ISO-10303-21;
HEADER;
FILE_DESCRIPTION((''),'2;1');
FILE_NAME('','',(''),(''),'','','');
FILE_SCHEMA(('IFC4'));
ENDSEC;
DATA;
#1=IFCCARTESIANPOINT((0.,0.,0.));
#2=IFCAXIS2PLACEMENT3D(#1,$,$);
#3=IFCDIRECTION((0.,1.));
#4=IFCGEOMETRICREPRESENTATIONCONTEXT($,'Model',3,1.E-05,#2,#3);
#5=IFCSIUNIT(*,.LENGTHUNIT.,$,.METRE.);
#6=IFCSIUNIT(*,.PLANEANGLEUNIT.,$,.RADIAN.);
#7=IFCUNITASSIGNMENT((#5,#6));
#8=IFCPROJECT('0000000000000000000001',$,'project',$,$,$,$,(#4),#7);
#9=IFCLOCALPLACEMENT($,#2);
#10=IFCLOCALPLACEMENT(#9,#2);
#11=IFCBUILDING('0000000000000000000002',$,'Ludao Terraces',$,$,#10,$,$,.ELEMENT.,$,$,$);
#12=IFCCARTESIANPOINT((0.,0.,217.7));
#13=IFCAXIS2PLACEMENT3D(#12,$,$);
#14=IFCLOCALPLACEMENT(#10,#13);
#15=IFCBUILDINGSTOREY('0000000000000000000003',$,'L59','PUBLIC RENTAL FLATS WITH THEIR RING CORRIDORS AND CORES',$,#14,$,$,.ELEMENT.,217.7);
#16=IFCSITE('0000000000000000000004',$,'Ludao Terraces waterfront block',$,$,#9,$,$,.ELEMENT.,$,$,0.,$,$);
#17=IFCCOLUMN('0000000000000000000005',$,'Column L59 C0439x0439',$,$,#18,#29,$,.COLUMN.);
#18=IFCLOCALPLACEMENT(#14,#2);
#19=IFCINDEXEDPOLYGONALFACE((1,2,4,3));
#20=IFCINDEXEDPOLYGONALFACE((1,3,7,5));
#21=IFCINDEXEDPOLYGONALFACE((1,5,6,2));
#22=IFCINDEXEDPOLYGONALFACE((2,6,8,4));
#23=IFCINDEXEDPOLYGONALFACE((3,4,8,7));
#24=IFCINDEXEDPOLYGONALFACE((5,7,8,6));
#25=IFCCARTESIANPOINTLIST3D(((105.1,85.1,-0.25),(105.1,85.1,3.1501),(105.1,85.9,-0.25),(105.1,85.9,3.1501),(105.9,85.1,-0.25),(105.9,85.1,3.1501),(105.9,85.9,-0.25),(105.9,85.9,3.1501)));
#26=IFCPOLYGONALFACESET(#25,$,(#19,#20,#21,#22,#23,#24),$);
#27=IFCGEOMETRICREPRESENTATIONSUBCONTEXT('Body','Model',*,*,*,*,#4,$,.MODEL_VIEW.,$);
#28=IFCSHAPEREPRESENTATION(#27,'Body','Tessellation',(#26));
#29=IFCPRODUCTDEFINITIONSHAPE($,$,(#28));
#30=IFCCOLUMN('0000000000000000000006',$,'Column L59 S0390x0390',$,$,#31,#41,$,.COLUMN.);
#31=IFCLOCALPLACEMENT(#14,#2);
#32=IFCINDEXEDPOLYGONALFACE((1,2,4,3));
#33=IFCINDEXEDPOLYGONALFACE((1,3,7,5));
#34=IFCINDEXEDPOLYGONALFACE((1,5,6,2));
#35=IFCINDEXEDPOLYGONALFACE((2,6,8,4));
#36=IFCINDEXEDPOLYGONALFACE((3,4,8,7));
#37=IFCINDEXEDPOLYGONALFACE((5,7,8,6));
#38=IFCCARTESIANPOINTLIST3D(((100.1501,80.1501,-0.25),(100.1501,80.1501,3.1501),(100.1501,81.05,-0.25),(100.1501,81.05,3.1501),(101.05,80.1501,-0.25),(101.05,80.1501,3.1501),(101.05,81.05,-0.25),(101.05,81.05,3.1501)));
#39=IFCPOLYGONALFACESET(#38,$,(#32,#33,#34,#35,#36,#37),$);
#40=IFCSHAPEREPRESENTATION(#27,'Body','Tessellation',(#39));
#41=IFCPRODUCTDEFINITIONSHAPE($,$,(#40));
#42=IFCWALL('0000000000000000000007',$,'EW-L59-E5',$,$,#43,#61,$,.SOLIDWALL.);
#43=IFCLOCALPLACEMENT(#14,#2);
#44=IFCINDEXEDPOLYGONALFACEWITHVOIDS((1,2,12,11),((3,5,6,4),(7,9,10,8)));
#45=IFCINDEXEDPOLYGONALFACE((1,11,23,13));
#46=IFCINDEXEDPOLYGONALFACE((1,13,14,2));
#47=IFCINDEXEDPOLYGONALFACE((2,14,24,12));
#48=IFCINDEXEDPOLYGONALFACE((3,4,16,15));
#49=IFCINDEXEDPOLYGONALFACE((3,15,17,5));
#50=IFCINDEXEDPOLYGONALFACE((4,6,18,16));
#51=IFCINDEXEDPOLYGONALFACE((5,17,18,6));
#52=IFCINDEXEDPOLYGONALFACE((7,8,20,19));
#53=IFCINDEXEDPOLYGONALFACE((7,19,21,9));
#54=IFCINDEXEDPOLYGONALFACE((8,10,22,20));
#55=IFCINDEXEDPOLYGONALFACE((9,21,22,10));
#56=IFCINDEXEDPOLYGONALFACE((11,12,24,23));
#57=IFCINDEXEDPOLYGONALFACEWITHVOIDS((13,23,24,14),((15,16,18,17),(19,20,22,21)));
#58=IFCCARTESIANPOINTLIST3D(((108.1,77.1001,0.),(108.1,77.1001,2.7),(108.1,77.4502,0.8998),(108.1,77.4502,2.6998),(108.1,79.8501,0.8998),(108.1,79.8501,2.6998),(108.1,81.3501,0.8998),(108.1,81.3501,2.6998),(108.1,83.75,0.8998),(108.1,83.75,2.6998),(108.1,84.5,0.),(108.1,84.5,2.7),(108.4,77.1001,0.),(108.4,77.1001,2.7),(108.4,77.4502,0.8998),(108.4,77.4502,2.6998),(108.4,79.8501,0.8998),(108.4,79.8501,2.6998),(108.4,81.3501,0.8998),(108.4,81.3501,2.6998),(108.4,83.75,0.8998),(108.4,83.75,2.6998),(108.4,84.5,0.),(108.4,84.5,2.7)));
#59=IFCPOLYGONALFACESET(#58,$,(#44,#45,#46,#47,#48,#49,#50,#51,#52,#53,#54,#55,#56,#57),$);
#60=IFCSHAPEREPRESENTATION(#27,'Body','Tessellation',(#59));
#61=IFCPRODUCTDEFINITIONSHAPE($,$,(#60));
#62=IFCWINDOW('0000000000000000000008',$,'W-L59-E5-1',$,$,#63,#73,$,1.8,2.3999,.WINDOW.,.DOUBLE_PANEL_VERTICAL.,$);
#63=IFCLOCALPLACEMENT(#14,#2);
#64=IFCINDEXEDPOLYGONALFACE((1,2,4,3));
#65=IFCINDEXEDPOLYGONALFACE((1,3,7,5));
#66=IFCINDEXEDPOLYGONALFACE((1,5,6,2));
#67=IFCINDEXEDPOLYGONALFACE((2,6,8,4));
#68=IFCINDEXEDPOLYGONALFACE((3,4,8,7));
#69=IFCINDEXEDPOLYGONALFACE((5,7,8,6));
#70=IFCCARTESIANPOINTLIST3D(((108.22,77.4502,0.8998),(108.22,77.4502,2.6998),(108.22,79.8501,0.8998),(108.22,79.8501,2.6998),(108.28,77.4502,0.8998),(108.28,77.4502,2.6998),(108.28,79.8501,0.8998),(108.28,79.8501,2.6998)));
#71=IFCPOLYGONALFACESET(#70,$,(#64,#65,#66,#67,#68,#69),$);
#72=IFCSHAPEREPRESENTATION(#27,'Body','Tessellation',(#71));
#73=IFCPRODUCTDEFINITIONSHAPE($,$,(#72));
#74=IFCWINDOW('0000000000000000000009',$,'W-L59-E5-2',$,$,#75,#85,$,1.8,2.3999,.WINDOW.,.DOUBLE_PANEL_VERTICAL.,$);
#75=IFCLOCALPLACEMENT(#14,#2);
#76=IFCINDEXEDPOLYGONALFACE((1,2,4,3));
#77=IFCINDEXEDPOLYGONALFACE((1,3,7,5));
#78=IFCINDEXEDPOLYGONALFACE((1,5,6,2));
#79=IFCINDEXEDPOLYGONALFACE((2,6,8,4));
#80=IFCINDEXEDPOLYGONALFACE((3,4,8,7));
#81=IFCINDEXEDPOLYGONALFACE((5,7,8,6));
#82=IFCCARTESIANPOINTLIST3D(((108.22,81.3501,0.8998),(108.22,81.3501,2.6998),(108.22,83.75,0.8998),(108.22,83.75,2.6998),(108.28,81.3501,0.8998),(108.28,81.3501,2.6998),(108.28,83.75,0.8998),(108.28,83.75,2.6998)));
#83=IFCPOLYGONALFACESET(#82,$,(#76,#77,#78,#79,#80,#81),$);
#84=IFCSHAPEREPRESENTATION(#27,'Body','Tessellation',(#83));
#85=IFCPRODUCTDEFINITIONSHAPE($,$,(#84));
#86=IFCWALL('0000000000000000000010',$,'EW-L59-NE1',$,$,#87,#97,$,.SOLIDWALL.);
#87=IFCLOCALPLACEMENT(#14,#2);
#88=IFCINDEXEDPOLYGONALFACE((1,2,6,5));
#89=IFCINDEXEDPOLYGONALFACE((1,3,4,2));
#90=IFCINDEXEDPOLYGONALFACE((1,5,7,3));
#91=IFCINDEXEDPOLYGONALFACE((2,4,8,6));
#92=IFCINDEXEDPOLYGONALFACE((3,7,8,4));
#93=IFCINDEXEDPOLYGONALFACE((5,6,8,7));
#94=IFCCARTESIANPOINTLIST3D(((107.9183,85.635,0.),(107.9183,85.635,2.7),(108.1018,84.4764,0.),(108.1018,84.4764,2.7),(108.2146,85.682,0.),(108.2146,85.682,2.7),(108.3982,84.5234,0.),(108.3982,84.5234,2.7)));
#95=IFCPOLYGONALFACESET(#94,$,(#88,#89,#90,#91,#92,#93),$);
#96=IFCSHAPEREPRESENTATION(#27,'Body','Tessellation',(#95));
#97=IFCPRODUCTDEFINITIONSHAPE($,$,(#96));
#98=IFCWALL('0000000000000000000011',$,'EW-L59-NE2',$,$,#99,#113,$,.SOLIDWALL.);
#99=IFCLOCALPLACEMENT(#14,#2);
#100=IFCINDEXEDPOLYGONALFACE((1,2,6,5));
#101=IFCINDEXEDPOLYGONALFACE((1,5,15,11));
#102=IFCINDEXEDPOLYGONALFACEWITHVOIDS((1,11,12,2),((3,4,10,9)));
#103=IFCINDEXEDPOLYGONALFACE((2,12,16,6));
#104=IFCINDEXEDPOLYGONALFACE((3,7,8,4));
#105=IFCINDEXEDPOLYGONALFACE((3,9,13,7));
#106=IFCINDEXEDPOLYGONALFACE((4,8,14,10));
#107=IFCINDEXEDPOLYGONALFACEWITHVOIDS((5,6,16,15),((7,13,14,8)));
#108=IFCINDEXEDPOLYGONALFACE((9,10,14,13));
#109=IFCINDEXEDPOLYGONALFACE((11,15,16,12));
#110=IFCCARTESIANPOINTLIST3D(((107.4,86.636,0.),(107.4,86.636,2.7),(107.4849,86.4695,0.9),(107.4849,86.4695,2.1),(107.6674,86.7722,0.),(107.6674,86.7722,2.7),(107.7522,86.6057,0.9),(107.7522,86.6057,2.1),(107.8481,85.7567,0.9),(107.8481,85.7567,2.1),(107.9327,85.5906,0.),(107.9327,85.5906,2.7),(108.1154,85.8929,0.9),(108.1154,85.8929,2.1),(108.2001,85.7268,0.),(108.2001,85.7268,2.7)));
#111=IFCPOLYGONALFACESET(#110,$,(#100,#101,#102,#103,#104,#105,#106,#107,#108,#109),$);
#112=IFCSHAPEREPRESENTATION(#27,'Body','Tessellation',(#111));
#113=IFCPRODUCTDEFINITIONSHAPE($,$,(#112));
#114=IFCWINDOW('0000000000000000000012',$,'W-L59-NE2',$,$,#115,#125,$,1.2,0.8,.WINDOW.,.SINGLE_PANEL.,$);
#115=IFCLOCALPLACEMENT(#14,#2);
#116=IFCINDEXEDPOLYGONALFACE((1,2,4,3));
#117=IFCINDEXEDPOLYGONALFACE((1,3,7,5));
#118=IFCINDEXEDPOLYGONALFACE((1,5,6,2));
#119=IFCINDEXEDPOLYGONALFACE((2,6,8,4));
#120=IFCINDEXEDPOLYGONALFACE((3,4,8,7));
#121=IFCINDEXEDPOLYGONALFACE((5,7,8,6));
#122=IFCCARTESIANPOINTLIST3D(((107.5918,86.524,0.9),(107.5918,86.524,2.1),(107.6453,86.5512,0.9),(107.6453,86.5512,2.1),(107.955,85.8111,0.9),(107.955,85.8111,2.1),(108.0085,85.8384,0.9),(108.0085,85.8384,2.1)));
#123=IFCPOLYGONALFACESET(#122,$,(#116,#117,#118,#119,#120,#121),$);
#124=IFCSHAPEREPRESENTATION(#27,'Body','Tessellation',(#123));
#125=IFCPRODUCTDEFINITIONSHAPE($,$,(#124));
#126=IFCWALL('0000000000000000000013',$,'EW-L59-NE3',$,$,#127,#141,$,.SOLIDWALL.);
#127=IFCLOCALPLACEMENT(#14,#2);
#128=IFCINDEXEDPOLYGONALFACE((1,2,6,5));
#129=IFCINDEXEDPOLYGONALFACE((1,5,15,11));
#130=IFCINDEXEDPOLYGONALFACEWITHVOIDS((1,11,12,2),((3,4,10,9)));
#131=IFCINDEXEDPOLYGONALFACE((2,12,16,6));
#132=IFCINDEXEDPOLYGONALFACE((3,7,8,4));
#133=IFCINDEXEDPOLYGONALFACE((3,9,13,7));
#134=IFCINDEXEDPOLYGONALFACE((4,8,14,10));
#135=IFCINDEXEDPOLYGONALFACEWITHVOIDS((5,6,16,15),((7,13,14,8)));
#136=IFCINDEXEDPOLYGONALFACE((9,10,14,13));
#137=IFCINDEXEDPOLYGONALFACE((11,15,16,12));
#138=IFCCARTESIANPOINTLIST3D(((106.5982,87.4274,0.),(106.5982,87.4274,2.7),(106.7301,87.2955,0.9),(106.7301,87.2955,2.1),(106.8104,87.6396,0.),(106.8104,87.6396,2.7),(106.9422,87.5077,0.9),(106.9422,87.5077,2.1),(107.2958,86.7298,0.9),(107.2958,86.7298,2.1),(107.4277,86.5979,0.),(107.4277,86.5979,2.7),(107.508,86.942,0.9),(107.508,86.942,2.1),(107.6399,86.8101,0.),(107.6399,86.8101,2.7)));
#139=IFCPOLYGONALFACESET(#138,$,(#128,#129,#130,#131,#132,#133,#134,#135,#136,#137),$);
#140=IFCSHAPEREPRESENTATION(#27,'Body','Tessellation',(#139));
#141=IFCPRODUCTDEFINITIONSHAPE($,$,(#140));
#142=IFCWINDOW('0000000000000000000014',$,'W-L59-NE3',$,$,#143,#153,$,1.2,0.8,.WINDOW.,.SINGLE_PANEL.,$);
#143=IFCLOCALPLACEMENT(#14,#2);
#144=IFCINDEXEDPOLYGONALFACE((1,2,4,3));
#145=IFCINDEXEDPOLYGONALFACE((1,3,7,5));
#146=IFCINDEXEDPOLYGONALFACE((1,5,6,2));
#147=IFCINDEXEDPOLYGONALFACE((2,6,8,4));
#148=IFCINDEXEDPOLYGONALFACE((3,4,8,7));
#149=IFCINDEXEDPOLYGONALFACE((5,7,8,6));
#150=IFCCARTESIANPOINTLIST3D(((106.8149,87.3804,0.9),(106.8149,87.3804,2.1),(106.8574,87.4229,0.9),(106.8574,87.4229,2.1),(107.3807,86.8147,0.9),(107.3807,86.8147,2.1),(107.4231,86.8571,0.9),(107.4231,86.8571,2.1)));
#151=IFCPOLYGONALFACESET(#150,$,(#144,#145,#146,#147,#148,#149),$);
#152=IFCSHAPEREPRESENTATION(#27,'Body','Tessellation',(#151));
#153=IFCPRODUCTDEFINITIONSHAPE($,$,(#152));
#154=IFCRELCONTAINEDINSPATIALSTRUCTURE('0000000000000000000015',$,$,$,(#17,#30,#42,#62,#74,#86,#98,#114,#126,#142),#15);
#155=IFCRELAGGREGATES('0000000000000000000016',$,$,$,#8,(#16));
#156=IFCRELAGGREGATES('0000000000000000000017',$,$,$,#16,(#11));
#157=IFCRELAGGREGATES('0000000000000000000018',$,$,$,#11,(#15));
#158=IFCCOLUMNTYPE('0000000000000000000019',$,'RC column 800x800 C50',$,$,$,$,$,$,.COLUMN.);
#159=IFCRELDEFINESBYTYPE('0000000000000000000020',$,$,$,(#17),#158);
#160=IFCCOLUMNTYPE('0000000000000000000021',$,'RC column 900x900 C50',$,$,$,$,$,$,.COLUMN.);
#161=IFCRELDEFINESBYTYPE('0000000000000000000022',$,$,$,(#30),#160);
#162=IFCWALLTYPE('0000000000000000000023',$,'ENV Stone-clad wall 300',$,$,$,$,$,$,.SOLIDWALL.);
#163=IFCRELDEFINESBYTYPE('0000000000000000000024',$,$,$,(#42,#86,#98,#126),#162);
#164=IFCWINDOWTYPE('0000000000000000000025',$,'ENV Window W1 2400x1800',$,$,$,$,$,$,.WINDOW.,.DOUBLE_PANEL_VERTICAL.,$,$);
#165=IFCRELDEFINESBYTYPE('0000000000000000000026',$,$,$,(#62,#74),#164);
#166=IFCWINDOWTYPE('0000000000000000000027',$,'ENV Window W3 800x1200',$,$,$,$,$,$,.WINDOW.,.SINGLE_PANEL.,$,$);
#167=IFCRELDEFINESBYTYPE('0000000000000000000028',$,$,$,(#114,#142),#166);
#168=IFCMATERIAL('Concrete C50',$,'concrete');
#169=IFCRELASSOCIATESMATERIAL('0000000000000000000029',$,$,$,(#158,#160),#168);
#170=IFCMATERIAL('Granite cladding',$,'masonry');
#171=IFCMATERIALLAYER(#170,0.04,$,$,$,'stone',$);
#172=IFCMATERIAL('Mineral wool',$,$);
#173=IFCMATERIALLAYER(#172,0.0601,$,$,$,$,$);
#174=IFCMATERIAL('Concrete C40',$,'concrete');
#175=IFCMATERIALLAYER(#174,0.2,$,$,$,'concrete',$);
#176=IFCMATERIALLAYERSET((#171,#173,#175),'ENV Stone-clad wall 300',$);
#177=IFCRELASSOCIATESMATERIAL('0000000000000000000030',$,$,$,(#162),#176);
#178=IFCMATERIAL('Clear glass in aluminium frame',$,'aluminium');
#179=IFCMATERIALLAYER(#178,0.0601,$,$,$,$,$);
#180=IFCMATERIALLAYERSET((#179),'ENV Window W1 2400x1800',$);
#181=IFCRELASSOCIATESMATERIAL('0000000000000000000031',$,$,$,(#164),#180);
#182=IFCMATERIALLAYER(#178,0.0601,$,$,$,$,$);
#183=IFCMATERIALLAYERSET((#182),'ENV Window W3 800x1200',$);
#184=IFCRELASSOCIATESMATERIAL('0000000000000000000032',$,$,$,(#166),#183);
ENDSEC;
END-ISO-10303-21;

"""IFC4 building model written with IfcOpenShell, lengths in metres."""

from ifc_helpers import new_model, si_unit, direction, frame, frame_2d, origin, origin_2d, place, context, subcontext, project, spatial, rectangle, extrude, material, layer, layer_set, material_profile, profile_set, type_object, element, fill, save


model = new_model("IFC4")

# Units and contexts
model_context = context("Model", 3, precision=1e-05, world=origin(), true_north=direction((0.0, 1.0)))
body_context = subcontext(model_context, "Body", "Model", "MODEL_VIEW")
ifc_project = project(units=[si_unit("LENGTHUNIT", "METRE"), si_unit("PLANEANGLEUNIT", "RADIAN")], contexts=[model_context])

# Site, building, storey
site_placement = place(None, origin())
site = spatial("IfcSite", under=ifc_project, at=site_placement, Name="Ludao Terraces waterfront block", CompositionType="ELEMENT", RefElevation=0.0)
building_placement = place(site_placement, origin())
building = spatial("IfcBuilding", under=site, at=building_placement, Name="Ludao Terraces", CompositionType="ELEMENT")
storey_placement = place(building_placement, frame((0.0, 0.0, 217.7)))
storey = spatial("IfcBuildingStorey", under=building, at=storey_placement, Name="L59", Description="PUBLIC RENTAL FLATS WITH THEIR RING CORRIDORS AND CORES", CompositionType="ELEMENT", Elevation=217.7)

# Columns
ifc_material_1 = material(Name="Concrete C50", Category="concrete")
ifc_material_profile_1 = material_profile(ifc_material_1, rectangle(XDim=0.8, YDim=0.8, at=origin_2d()), Name="800 X 800")
ifc_profile_set_1 = profile_set([ifc_material_profile_1], Name="Concrete C50")
column_type_1 = type_object("IfcColumnType", Name="RC column 800x800 C50", PredefinedType="COLUMN", material=ifc_profile_set_1)
column_1_placement = place(storey_placement, frame((105.5, 85.5, -0.25), z_axis=(0.0, 0.0, 1.0), x_axis=(1.0, 0.0, 0.0)))
element("IfcColumn", 1, at=column_1_placement, inside=storey, type_object=column_type_1, Name="Column L59 C0439x0439", PredefinedType="COLUMN", context=body_context, shape_type="SweptSolid", body=[
    extrude(rectangle(XDim=0.8, YDim=0.8, at=origin_2d()), origin(), (0.0, 0.0, 1.0), 3.4001),
])
ifc_material_profile_2 = material_profile(ifc_material_1, rectangle(XDim=0.8999, YDim=0.8999, at=origin_2d()), Name="900 X 900")
ifc_profile_set_2 = profile_set([ifc_material_profile_2], Name="Concrete C50")
column_type_2 = type_object("IfcColumnType", Name="RC column 900x900 C50", PredefinedType="COLUMN", material=ifc_profile_set_2)
column_2_placement = place(storey_placement, frame((100.6001, 80.6001, -0.25), z_axis=(0.0, 0.0, 1.0), x_axis=(1.0, 0.0, 0.0)))
element("IfcColumn", 2, at=column_2_placement, inside=storey, type_object=column_type_2, Name="Column L59 S0390x0390", PredefinedType="COLUMN", context=body_context, shape_type="SweptSolid", body=[
    extrude(rectangle(XDim=0.8999, YDim=0.8999, at=origin_2d()), origin(), (0.0, 0.0, 1.0), 3.4001),
])

# Wall, openings, windows
ifc_material_2 = material(Name="Granite cladding", Category="masonry")
ifc_layer_1 = layer(ifc_material_2, 0.04, Category="stone")
ifc_material_3 = material(Name="Mineral wool")
ifc_layer_2 = layer(ifc_material_3, 0.0601)
ifc_material_4 = material(Name="Concrete C40", Category="concrete")
ifc_layer_3 = layer(ifc_material_4, 0.2, Category="concrete")
ifc_layer_set_1 = layer_set([ifc_layer_1, ifc_layer_2, ifc_layer_3], Name="ENV Stone-clad wall 300")
wall_type_1 = type_object("IfcWallType", Name="ENV Stone-clad wall 300", PredefinedType="SOLIDWALL", material=ifc_layer_set_1)
wall_1_placement = place(storey_placement, frame((108.25, 77.1001, 0.0), z_axis=(0.0, 0.0, 1.0), x_axis=(0.0, 1.0, 0.0)))
wall_1 = element("IfcWall", 3, at=wall_1_placement, inside=storey, type_object=wall_type_1, Name="EW-L59-E5", PredefinedType="SOLIDWALL", context=body_context, shape_type="SweptSolid", body=[
    extrude(rectangle(XDim=7.3999, YDim=0.3, at=frame_2d((3.7, 0.0))), origin(), (0.0, 0.0, 1.0), 2.7),
])
opening_1_placement = place(wall_1_placement, frame((0.3501, 0.0, 0.8999)))
opening_1 = element("IfcOpeningElement", 4, at=opening_1_placement, cuts=wall_1, PredefinedType="OPENING", context=body_context, shape_type="SweptSolid", body=[
    extrude(rectangle(XDim=2.3999, YDim=1.8, at=frame_2d((1.2, 0.8999))), frame((0.0, 0.1602, 0.0), z_axis=(0.0, -1.0, 0.0), x_axis=(1.0, 0.0, 0.0)), (0.0, 0.0, 1.0), 0.3201),
])
opening_2_placement = place(wall_1_placement, frame((4.25, 0.0, 0.8999)))
opening_2 = element("IfcOpeningElement", 5, at=opening_2_placement, cuts=wall_1, PredefinedType="OPENING", context=body_context, shape_type="SweptSolid", body=[
    extrude(rectangle(XDim=2.3999, YDim=1.8, at=frame_2d((1.2, 0.8999))), frame((0.0, 0.1602, 0.0), z_axis=(0.0, -1.0, 0.0), x_axis=(1.0, 0.0, 0.0)), (0.0, 0.0, 1.0), 0.3201),
])
ifc_material_5 = material(Name="Clear glass in aluminium frame", Category="aluminium")
ifc_layer_4 = layer(ifc_material_5, 0.0601)
ifc_layer_set_2 = layer_set([ifc_layer_4], Name="ENV Window W1 2400x1800")
window_type_1 = type_object("IfcWindowType", Name="ENV Window W1 2400x1800", PartitioningType="DOUBLE_PANEL_VERTICAL", PredefinedType="WINDOW", material=ifc_layer_set_2)
window_1_placement = place(opening_1_placement, origin())
window_1 = element("IfcWindow", 6, at=window_1_placement, inside=storey, type_object=window_type_1, Name="W-L59-E5-1", OverallHeight=1.8, OverallWidth=2.3999, PartitioningType="DOUBLE_PANEL_VERTICAL", PredefinedType="WINDOW", context=body_context, shape_type="SweptSolid", body=[
    extrude(rectangle(XDim=2.3999, YDim=1.8, at=frame_2d((1.2, 0.8999))), frame((0.0, 0.03, 0.0), z_axis=(0.0, -1.0, 0.0), x_axis=(1.0, 0.0, 0.0)), (0.0, 0.0, 1.0), 0.0601),
])
fill(opening_1, window_1)
window_2_placement = place(opening_2_placement, origin())
window_2 = element("IfcWindow", 7, at=window_2_placement, inside=storey, type_object=window_type_1, Name="W-L59-E5-2", OverallHeight=1.8, OverallWidth=2.3999, PartitioningType="DOUBLE_PANEL_VERTICAL", PredefinedType="WINDOW", context=body_context, shape_type="SweptSolid", body=[
    extrude(rectangle(XDim=2.3999, YDim=1.8, at=frame_2d((1.2, 0.8999))), frame((0.0, 0.03, 0.0), z_axis=(0.0, -1.0, 0.0), x_axis=(1.0, 0.0, 0.0)), (0.0, 0.0, 1.0), 0.0601),
])
fill(opening_2, window_2)

# Wall
wall_2_placement = place(storey_placement, frame((108.25, 84.5, 0.0), z_axis=(0.0, 0.0, 1.0), x_axis=(-0.156497, 0.987678, 0.0)))
element("IfcWall", 8, at=wall_2_placement, inside=storey, type_object=wall_type_1, Name="EW-L59-NE1", PredefinedType="SOLIDWALL", context=body_context, shape_type="SweptSolid", body=[
    extrude(rectangle(XDim=1.1731, YDim=0.3, at=frame_2d((0.5864, 0.0))), origin(), (0.0, 0.0, 1.0), 2.7),
])

# Walls, openings, windows
wall_3_placement = place(storey_placement, frame((108.0664, 85.6587, 0.0), z_axis=(0.0, 0.0, 1.0), x_axis=(-0.454026, 0.890989, 0.0)))
wall_3 = element("IfcWall", 9, at=wall_3_placement, inside=storey, type_object=wall_type_1, Name="EW-L59-NE2", PredefinedType="SOLIDWALL", context=body_context, shape_type="SweptSolid", body=[
    extrude(rectangle(XDim=1.1733, YDim=0.3, at=frame_2d((0.5867, 0.0))), origin(), (0.0, 0.0, 1.0), 2.7),
])
opening_3_placement = place(wall_3_placement, frame((0.1865, 0.0, 0.8999)))
opening_3 = element("IfcOpeningElement", 10, at=opening_3_placement, cuts=wall_3, PredefinedType="OPENING", context=body_context, shape_type="SweptSolid", body=[
    extrude(rectangle(XDim=0.8, YDim=1.2, at=frame_2d((0.3999, 0.6001))), frame((0.0, 0.1602, 0.0), z_axis=(0.0, -1.0, 0.0), x_axis=(1.0, 0.0, 0.0)), (0.0, 0.0, 1.0), 0.3201),
])
ifc_layer_5 = layer(ifc_material_5, 0.0601)
ifc_layer_set_3 = layer_set([ifc_layer_5], Name="ENV Window W3 800x1200")
window_type_2 = type_object("IfcWindowType", Name="ENV Window W3 800x1200", PartitioningType="SINGLE_PANEL", PredefinedType="WINDOW", material=ifc_layer_set_3)
window_3_placement = place(opening_3_placement, origin())
window_3 = element("IfcWindow", 11, at=window_3_placement, inside=storey, type_object=window_type_2, Name="W-L59-NE2", OverallHeight=1.2, OverallWidth=0.8, PartitioningType="SINGLE_PANEL", PredefinedType="WINDOW", context=body_context, shape_type="SweptSolid", body=[
    extrude(rectangle(XDim=0.8, YDim=1.2, at=frame_2d((0.3999, 0.6001))), frame((0.0, 0.03, 0.0), z_axis=(0.0, -1.0, 0.0), x_axis=(1.0, 0.0, 0.0)), (0.0, 0.0, 1.0), 0.0601),
])
fill(opening_3, window_3)
wall_4_placement = place(storey_placement, frame((107.5337, 86.7041, 0.0), z_axis=(0.0, 0.0, 1.0), x_axis=(-0.707107, 0.707107, 0.0)))
wall_4 = element("IfcWall", 12, at=wall_4_placement, inside=storey, type_object=wall_type_1, Name="EW-L59-NE3", PredefinedType="SOLIDWALL", context=body_context, shape_type="SweptSolid", body=[
    extrude(rectangle(XDim=1.1731, YDim=0.3, at=frame_2d((0.5864, 0.0))), origin(), (0.0, 0.0, 1.0), 2.7),
])
opening_4_placement = place(wall_4_placement, frame((0.1865, 0.0, 0.8999)))
opening_4 = element("IfcOpeningElement", 13, at=opening_4_placement, cuts=wall_4, PredefinedType="OPENING", context=body_context, shape_type="SweptSolid", body=[
    extrude(rectangle(XDim=0.8, YDim=1.2, at=frame_2d((0.3999, 0.6001))), frame((0.0, 0.1602, 0.0), z_axis=(0.0, -1.0, 0.0), x_axis=(1.0, 0.0, 0.0)), (0.0, 0.0, 1.0), 0.3201),
])
window_4_placement = place(opening_4_placement, origin())
window_4 = element("IfcWindow", 14, at=window_4_placement, inside=storey, type_object=window_type_2, Name="W-L59-NE3", OverallHeight=1.2, OverallWidth=0.8, PartitioningType="SINGLE_PANEL", PredefinedType="WINDOW", context=body_context, shape_type="SweptSolid", body=[
    extrude(rectangle(XDim=0.8, YDim=1.2, at=frame_2d((0.3999, 0.6001))), frame((0.0, 0.03, 0.0), z_axis=(0.0, -1.0, 0.0), x_axis=(1.0, 0.0, 0.0)), (0.0, 0.0, 1.0), 0.0601),
])
fill(opening_4, window_4)

save(model, "model.ifc")
